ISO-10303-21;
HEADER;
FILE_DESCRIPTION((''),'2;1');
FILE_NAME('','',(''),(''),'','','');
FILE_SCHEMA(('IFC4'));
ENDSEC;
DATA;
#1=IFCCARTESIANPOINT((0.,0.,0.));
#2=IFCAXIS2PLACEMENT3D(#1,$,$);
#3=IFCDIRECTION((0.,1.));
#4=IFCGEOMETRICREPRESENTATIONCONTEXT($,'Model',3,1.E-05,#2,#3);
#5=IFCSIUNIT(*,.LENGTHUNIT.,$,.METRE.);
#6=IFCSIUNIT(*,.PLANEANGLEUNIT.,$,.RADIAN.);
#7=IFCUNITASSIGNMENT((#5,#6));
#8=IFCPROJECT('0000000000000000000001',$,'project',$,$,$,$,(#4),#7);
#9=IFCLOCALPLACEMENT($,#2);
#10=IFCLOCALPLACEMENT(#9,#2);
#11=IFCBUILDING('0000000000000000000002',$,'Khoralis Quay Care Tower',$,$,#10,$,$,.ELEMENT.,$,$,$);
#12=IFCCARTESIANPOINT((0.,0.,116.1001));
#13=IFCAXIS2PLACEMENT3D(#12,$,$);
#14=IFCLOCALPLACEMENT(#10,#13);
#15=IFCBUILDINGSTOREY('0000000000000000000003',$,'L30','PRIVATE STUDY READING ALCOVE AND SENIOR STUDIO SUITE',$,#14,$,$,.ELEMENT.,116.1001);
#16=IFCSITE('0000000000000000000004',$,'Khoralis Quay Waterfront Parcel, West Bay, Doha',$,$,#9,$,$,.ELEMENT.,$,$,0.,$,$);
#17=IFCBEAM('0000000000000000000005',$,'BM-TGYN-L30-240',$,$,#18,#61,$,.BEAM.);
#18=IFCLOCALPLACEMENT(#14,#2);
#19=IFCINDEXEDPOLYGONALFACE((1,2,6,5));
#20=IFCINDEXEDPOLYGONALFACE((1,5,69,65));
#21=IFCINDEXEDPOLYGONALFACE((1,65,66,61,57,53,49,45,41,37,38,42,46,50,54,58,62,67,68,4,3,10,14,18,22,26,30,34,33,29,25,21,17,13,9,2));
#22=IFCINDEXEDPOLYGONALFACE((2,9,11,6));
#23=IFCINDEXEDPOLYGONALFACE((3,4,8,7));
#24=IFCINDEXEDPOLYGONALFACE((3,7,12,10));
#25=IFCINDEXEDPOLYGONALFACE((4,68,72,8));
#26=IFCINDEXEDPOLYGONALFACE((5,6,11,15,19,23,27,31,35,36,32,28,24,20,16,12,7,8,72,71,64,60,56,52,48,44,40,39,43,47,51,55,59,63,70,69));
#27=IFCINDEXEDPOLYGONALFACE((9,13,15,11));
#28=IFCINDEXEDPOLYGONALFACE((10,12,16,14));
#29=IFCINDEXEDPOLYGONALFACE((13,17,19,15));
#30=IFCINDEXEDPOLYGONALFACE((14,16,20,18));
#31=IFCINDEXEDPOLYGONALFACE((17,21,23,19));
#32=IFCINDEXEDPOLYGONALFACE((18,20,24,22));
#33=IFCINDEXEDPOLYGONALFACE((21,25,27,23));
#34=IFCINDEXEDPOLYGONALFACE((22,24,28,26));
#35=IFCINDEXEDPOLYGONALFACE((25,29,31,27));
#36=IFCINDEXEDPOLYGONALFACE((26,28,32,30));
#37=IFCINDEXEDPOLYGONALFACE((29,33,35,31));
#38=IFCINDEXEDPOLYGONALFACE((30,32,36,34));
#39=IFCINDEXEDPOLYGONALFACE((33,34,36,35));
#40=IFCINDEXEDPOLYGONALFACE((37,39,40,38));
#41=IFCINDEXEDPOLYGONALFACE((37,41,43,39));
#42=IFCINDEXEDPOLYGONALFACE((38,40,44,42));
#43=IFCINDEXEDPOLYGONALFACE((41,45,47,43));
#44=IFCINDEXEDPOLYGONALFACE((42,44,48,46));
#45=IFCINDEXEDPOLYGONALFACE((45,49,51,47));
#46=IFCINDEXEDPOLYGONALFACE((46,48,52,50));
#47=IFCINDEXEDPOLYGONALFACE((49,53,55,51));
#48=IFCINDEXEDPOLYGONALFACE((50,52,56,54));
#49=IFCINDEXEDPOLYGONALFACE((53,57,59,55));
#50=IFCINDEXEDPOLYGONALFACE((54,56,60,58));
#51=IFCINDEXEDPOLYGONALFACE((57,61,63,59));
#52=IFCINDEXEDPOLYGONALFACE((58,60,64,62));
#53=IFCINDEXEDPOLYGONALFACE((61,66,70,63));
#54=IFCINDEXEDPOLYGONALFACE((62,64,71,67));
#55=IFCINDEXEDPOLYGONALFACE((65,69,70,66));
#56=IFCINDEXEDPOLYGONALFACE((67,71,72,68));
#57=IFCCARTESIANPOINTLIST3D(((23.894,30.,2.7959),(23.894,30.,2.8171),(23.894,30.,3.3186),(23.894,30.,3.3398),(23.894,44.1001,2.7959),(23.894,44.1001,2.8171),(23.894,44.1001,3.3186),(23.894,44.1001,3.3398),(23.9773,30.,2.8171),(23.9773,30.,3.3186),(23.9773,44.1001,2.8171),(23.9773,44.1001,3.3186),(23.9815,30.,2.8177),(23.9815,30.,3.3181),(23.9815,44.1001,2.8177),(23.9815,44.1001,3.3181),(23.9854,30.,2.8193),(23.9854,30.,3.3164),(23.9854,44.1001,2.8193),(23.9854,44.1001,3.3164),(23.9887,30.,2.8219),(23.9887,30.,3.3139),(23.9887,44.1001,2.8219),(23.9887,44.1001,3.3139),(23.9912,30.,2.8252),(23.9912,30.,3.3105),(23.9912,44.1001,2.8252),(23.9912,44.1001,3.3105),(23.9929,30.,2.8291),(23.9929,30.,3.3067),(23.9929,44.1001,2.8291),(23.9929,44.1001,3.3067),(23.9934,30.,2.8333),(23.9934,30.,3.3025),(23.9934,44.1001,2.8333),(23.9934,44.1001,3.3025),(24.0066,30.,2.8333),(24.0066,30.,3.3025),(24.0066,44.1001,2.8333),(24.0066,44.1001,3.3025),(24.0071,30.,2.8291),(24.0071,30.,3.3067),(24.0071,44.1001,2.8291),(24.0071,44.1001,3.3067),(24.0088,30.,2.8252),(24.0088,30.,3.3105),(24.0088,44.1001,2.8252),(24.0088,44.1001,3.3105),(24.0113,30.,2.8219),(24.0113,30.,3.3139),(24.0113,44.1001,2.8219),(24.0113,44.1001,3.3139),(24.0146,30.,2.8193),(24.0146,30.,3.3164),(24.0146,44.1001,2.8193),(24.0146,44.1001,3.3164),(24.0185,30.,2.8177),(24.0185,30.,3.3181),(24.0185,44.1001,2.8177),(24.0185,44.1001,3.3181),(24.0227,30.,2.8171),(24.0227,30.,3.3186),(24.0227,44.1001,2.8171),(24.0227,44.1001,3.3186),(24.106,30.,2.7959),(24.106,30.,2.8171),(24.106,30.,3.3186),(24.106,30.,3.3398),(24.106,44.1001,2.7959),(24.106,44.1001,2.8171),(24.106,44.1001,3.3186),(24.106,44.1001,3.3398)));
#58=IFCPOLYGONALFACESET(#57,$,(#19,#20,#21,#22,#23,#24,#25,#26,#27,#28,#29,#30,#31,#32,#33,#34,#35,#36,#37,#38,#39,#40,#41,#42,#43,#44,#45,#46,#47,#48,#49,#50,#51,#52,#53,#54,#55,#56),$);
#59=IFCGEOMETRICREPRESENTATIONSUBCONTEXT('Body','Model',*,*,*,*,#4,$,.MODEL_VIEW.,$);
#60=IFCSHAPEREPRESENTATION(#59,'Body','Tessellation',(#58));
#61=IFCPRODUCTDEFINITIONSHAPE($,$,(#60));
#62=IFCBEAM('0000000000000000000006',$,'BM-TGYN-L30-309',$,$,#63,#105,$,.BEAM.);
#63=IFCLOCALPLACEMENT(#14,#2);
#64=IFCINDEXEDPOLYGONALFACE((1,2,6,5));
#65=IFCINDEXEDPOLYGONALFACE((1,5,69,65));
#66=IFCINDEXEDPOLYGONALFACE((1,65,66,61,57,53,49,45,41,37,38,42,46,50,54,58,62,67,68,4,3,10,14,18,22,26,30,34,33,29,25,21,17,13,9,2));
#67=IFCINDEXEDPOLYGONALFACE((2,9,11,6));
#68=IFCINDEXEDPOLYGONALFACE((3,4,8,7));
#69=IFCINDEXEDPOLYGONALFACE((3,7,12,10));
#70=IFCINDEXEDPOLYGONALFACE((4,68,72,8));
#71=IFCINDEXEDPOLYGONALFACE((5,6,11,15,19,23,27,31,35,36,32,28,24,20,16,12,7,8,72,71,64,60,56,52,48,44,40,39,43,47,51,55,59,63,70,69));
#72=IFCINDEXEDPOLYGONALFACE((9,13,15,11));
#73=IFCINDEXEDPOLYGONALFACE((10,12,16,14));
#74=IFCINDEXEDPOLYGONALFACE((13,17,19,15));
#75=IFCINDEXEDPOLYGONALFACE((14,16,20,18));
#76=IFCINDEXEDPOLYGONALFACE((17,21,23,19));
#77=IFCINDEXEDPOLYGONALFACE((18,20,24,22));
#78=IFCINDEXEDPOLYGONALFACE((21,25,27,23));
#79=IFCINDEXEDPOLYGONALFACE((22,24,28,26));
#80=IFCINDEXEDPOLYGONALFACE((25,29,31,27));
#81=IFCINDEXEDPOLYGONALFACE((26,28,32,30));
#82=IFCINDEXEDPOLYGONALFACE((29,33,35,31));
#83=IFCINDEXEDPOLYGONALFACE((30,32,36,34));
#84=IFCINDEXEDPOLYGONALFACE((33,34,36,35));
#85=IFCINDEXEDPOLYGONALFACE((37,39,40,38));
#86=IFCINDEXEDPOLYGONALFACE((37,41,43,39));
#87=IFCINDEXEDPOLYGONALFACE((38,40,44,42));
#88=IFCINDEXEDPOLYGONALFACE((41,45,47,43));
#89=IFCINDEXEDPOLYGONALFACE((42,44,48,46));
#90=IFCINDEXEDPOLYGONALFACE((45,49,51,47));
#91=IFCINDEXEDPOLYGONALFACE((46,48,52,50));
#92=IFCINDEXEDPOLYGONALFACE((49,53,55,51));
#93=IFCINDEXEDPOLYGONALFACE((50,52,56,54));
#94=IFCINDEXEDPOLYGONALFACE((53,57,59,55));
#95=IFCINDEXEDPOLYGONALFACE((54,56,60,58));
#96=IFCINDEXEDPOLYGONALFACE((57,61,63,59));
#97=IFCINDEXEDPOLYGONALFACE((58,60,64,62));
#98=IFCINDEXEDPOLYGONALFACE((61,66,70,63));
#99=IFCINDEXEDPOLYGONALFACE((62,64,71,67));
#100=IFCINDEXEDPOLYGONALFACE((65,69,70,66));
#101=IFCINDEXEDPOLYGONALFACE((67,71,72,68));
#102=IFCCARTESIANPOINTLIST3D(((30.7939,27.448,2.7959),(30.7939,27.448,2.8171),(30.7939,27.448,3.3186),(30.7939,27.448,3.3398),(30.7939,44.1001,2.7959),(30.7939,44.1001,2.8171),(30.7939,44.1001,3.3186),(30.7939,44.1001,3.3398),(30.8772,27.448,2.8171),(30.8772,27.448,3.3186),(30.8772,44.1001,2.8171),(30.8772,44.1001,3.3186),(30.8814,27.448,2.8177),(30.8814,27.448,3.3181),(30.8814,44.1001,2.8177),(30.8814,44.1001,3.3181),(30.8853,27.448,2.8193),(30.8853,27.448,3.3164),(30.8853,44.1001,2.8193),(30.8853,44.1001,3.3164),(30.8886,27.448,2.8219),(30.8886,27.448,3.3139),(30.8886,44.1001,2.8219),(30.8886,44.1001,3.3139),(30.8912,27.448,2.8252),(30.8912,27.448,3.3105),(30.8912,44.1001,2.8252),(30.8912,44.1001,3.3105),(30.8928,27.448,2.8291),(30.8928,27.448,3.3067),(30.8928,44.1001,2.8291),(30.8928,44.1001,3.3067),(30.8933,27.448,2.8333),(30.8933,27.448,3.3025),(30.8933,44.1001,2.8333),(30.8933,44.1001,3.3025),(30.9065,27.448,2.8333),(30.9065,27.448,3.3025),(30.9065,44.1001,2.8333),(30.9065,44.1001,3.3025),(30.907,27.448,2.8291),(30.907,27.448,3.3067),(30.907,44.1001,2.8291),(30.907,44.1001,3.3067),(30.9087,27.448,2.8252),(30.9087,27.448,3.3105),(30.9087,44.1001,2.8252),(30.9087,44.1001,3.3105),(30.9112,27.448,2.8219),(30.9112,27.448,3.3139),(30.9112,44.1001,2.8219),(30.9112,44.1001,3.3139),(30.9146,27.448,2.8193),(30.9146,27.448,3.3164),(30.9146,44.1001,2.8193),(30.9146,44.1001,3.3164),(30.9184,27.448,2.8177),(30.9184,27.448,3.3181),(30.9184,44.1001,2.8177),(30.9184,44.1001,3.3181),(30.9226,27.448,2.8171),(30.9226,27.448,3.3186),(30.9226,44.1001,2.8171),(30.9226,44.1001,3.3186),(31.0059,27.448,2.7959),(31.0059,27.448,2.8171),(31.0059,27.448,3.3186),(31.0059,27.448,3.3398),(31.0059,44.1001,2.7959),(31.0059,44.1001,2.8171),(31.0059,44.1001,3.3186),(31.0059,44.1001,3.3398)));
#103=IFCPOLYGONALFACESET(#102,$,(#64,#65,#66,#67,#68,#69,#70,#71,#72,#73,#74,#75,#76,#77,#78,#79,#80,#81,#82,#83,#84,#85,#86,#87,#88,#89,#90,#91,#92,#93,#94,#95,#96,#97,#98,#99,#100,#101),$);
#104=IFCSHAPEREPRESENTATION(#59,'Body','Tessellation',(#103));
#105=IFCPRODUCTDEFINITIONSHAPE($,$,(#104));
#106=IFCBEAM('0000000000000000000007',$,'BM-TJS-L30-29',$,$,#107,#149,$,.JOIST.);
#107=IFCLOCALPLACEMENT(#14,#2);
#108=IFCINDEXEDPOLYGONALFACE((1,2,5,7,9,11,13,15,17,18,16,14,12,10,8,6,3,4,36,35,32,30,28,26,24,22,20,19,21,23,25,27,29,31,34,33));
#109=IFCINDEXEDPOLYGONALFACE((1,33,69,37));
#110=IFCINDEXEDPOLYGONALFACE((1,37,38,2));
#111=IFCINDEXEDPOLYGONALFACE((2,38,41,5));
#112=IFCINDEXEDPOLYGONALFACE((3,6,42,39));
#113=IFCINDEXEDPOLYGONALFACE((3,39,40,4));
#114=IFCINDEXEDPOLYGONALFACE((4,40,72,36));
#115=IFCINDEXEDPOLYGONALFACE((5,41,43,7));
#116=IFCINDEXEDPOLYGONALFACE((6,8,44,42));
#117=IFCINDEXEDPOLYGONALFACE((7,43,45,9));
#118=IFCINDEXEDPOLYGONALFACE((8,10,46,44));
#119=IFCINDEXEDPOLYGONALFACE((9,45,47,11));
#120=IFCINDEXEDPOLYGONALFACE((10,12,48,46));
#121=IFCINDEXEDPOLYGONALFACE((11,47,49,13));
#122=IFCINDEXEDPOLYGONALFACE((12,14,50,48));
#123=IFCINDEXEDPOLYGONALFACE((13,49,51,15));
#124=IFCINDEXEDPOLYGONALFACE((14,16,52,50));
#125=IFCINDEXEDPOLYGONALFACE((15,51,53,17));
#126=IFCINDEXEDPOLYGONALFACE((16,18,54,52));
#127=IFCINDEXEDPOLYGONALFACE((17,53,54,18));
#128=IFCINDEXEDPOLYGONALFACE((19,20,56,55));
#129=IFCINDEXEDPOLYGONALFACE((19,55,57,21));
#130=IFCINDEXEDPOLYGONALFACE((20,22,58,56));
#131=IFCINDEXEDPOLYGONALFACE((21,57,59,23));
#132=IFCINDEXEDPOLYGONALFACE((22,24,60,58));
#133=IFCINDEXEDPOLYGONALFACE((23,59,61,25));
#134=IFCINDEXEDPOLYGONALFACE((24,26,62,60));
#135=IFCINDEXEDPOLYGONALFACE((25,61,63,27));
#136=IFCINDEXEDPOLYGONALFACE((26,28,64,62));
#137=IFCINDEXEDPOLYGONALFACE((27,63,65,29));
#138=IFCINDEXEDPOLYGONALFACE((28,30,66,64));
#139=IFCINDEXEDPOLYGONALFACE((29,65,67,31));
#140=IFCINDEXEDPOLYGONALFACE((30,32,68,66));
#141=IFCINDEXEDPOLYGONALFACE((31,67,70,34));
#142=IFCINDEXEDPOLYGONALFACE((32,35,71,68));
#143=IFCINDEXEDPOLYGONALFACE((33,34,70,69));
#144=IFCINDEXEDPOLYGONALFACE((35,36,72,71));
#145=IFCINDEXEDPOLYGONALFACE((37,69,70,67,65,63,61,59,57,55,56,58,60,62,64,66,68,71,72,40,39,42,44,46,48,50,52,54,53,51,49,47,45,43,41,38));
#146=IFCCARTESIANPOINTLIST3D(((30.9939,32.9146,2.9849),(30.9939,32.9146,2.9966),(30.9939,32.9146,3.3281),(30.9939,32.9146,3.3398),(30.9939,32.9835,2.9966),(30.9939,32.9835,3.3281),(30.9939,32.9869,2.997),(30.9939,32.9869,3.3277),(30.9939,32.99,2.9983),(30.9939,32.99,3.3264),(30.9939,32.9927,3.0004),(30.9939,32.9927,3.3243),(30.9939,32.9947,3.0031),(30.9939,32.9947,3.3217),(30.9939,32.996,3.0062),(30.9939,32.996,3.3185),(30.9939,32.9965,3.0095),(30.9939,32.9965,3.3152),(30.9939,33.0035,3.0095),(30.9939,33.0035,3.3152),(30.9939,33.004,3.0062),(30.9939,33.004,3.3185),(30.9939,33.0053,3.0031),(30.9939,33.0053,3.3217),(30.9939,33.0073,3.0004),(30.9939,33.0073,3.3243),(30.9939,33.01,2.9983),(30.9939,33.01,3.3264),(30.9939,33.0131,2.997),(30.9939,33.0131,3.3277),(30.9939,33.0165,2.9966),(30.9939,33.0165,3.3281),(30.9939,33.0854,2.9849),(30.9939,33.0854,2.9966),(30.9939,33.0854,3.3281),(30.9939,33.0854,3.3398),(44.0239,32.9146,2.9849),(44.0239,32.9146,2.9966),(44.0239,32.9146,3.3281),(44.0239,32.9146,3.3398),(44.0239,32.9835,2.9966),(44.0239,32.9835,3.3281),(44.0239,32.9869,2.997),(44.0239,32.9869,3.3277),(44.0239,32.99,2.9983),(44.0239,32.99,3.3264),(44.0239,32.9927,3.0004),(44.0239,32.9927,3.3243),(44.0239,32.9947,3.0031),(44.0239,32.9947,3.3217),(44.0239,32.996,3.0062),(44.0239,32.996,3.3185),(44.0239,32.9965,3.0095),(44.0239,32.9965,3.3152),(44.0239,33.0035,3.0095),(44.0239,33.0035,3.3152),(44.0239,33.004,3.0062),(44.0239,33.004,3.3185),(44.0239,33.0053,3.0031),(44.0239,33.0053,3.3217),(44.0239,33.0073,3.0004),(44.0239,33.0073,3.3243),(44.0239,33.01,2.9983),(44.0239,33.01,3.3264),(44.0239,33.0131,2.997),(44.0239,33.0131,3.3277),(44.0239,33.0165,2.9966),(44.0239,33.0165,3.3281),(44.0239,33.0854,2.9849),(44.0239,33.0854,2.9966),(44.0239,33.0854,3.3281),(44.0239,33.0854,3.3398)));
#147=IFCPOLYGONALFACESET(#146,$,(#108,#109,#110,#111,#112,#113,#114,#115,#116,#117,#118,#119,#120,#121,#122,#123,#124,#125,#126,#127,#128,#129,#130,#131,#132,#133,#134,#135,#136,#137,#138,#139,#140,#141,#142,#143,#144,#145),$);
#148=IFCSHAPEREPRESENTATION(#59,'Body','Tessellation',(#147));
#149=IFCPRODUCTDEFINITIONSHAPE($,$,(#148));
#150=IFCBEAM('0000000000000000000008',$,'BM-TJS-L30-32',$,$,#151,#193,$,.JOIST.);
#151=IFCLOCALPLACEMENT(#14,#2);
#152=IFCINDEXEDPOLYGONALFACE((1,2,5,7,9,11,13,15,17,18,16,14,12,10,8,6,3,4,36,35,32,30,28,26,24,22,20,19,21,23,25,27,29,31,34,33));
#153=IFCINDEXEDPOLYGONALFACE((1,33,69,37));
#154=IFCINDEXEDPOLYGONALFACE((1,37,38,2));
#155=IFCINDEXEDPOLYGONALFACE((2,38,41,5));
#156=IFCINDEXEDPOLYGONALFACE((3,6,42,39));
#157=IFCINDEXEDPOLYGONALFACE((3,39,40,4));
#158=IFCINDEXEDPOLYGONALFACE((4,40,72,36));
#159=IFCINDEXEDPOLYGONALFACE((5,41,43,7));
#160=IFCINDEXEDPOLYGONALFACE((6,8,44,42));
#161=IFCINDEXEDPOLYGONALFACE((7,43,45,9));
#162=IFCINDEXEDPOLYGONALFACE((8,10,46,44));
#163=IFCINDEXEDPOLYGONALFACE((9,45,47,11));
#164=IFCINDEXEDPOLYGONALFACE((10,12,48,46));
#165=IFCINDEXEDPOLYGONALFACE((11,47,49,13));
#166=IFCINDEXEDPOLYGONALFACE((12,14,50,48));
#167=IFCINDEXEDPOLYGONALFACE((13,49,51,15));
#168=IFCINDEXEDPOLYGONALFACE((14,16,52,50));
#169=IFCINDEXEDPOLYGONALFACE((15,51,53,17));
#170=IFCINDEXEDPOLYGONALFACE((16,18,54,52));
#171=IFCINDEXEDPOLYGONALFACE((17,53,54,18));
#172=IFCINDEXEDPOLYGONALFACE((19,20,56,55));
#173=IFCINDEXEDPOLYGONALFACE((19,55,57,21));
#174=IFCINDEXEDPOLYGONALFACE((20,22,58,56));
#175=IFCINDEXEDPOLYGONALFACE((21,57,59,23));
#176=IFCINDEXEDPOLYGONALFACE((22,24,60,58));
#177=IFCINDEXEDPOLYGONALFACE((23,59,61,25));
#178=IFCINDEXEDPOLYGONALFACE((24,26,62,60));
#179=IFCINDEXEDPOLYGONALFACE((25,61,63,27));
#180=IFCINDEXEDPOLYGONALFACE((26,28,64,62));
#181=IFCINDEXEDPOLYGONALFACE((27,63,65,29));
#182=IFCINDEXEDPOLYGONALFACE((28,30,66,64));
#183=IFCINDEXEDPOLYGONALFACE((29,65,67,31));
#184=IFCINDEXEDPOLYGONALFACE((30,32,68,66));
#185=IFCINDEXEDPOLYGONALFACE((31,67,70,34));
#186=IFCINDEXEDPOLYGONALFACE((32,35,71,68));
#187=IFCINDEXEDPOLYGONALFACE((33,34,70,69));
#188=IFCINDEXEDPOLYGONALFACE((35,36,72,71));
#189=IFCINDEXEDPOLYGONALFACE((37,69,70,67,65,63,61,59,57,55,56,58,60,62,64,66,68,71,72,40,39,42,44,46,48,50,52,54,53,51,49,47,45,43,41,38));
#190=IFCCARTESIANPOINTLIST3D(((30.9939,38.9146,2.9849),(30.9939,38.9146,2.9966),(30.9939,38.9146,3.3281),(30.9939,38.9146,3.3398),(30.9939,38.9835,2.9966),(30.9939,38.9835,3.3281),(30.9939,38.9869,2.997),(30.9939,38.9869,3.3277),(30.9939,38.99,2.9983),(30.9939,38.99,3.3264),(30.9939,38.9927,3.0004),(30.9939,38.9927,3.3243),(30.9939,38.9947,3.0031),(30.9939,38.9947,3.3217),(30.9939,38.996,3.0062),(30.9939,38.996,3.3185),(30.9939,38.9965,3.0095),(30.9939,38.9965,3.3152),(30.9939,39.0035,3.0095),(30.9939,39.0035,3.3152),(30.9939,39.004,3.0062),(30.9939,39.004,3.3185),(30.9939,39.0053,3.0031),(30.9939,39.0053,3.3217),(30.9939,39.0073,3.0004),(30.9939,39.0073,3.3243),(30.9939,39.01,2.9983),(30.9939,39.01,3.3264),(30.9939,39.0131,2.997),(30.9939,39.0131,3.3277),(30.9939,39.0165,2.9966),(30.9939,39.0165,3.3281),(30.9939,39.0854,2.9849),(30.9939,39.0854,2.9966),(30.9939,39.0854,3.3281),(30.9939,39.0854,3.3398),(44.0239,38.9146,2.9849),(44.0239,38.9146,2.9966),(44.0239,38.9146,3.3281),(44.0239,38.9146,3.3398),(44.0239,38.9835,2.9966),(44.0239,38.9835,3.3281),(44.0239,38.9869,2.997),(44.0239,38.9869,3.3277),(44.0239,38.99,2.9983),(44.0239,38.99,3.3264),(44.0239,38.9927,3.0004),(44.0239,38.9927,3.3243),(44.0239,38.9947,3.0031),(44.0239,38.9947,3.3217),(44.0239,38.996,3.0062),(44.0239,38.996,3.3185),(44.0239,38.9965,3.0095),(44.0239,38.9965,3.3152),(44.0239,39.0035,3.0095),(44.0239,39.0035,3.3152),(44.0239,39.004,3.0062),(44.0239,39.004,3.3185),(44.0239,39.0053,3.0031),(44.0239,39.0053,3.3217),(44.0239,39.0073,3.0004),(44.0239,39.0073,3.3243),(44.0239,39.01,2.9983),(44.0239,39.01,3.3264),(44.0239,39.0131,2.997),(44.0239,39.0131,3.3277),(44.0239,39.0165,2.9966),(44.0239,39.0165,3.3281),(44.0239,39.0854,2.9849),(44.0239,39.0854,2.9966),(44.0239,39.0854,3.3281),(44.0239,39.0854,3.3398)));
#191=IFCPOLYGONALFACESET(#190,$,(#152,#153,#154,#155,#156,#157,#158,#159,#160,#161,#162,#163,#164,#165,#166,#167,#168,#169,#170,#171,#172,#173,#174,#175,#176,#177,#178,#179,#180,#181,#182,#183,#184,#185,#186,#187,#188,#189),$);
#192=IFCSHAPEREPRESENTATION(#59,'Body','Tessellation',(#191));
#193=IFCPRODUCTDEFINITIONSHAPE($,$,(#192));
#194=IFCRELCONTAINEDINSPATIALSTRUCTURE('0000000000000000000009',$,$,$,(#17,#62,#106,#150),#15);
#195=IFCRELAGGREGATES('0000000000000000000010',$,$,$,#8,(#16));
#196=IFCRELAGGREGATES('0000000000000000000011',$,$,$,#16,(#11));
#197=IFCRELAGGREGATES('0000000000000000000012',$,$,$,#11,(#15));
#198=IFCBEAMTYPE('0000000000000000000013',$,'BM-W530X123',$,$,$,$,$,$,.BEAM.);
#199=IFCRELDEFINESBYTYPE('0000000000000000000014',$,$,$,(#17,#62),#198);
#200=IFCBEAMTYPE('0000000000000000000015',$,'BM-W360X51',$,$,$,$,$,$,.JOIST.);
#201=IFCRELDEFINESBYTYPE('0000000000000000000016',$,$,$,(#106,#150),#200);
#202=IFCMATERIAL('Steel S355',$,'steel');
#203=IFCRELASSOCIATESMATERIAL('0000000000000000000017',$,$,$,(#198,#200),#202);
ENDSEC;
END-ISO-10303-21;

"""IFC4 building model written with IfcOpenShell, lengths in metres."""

from ifc_helpers import new_model, si_unit, direction, frame, origin, origin_2d, place, context, subcontext, project, spatial, i_section, extrude, source, transform, mapped, material, material_profile, profile_set, type_object, element, save


model = new_model("IFC4")

# Units and contexts
model_context = context("Model", 3, precision=1e-05, world=origin(), true_north=direction((0.0, 1.0)))
body_context = subcontext(model_context, "Body", "Model", "MODEL_VIEW")
ifc_project = project(units=[si_unit("LENGTHUNIT", "METRE"), si_unit("PLANEANGLEUNIT", "RADIAN")], contexts=[model_context])

# Site, building, storey
site_placement = place(None, origin())
site = spatial("IfcSite", under=ifc_project, at=site_placement, Name="Khoralis Quay Waterfront Parcel, West Bay, Doha", CompositionType="ELEMENT", RefElevation=0.0)
building_placement = place(site_placement, origin())
building = spatial("IfcBuilding", under=site, at=building_placement, Name="Khoralis Quay Care Tower", CompositionType="ELEMENT")
storey_placement = place(building_placement, frame((0.0, 0.0, 116.1001)))
storey = spatial("IfcBuildingStorey", under=building, at=storey_placement, Name="L30", Description="PRIVATE STUDY READING ALCOVE AND SENIOR STUDIO SUITE", CompositionType="ELEMENT", Elevation=116.1001)

# Beams
ifc_material_1 = material(Name="Steel S355", Category="steel")
ifc_material_profile_1 = material_profile(ifc_material_1, i_section(OverallWidth=0.2119, OverallDepth=0.5439, WebThickness=0.0132, FlangeThickness=0.0212, FilletRadius=0.0161, at=origin_2d()), Name="Steel S355")
ifc_profile_set_1 = profile_set([ifc_material_profile_1], Name="Steel S355")
beam_type_1 = type_object("IfcBeamType", Name="BM-W530X123", PredefinedType="BEAM", material=ifc_profile_set_1)
shared_shape_1 = source(origin(), body_context, "Body", "SweptSolid", [
    extrude(i_section(OverallWidth=0.2119, OverallDepth=0.5439, WebThickness=0.0132, FlangeThickness=0.0212, FilletRadius=0.0161, at=origin_2d()), origin(), (0.0, 0.0, 1.0), 14.1001),
])
beam_1_placement = place(storey_placement, frame((24.0, 30.0, 3.0679), z_axis=(0.0, 1.0, 0.0), x_axis=(-1.0, 0.0, 0.0)))
element("IfcBeam", 1, at=beam_1_placement, inside=storey, type_object=beam_type_1, Name="BM-TGYN-L30-240", PredefinedType="BEAM", context=body_context, shape_type="MappedRepresentation", body=[
    mapped(shared_shape_1, transform((0.0, 0.0, 0.0), scale=1.0)),
])
shared_shape_2 = source(origin(), body_context, "Body", "SweptSolid", [
    extrude(i_section(OverallWidth=0.2119, OverallDepth=0.5439, WebThickness=0.0132, FlangeThickness=0.0212, FilletRadius=0.0161, at=origin_2d()), origin(), (0.0, 0.0, 1.0), 16.6521),
])
beam_2_placement = place(storey_placement, frame((30.8999, 27.448, 3.0679), z_axis=(0.0, 1.0, 0.0), x_axis=(-1.0, 0.0, 0.0)))
element("IfcBeam", 2, at=beam_2_placement, inside=storey, type_object=beam_type_1, Name="BM-TGYN-L30-309", PredefinedType="BEAM", context=body_context, shape_type="MappedRepresentation", body=[
    mapped(shared_shape_2, transform((0.0, 0.0, 0.0), scale=1.0)),
])
ifc_material_profile_2 = material_profile(ifc_material_1, i_section(OverallWidth=0.1709, OverallDepth=0.355, WebThickness=0.0071, FlangeThickness=0.0117, FilletRadius=0.0129, at=origin_2d()), Name="Steel S355")
ifc_profile_set_2 = profile_set([ifc_material_profile_2], Name="Steel S355")
beam_type_2 = type_object("IfcBeamType", Name="BM-W360X51", PredefinedType="JOIST", material=ifc_profile_set_2)
shared_shape_3 = source(origin(), body_context, "Body", "SweptSolid", [
    extrude(i_section(OverallWidth=0.1709, OverallDepth=0.355, WebThickness=0.0071, FlangeThickness=0.0117, FilletRadius=0.0129, at=origin_2d()), origin(), (0.0, 0.0, 1.0), 13.03),
])
for number, where, z_axis, x_axis, name in (
    (3, (30.9939, 33.0, 3.1624), (1.0, 0.0, 0.0), (0.0, 1.0, 0.0), "BM-TJS-L30-29"),
    (4, (30.9939, 39.0, 3.1624), (1.0, 0.0, 0.0), (0.0, 1.0, 0.0), "BM-TJS-L30-32"),
):
    element("IfcBeam", number, at=place(storey_placement, frame(where, z_axis=z_axis, x_axis=x_axis)), inside=storey, type_object=beam_type_2, Name=name, PredefinedType="JOIST", context=body_context, shape_type="MappedRepresentation", body=[
        mapped(shared_shape_3, transform((0.0, 0.0, 0.0), scale=1.0)),
    ])

save(model, "model.ifc")
